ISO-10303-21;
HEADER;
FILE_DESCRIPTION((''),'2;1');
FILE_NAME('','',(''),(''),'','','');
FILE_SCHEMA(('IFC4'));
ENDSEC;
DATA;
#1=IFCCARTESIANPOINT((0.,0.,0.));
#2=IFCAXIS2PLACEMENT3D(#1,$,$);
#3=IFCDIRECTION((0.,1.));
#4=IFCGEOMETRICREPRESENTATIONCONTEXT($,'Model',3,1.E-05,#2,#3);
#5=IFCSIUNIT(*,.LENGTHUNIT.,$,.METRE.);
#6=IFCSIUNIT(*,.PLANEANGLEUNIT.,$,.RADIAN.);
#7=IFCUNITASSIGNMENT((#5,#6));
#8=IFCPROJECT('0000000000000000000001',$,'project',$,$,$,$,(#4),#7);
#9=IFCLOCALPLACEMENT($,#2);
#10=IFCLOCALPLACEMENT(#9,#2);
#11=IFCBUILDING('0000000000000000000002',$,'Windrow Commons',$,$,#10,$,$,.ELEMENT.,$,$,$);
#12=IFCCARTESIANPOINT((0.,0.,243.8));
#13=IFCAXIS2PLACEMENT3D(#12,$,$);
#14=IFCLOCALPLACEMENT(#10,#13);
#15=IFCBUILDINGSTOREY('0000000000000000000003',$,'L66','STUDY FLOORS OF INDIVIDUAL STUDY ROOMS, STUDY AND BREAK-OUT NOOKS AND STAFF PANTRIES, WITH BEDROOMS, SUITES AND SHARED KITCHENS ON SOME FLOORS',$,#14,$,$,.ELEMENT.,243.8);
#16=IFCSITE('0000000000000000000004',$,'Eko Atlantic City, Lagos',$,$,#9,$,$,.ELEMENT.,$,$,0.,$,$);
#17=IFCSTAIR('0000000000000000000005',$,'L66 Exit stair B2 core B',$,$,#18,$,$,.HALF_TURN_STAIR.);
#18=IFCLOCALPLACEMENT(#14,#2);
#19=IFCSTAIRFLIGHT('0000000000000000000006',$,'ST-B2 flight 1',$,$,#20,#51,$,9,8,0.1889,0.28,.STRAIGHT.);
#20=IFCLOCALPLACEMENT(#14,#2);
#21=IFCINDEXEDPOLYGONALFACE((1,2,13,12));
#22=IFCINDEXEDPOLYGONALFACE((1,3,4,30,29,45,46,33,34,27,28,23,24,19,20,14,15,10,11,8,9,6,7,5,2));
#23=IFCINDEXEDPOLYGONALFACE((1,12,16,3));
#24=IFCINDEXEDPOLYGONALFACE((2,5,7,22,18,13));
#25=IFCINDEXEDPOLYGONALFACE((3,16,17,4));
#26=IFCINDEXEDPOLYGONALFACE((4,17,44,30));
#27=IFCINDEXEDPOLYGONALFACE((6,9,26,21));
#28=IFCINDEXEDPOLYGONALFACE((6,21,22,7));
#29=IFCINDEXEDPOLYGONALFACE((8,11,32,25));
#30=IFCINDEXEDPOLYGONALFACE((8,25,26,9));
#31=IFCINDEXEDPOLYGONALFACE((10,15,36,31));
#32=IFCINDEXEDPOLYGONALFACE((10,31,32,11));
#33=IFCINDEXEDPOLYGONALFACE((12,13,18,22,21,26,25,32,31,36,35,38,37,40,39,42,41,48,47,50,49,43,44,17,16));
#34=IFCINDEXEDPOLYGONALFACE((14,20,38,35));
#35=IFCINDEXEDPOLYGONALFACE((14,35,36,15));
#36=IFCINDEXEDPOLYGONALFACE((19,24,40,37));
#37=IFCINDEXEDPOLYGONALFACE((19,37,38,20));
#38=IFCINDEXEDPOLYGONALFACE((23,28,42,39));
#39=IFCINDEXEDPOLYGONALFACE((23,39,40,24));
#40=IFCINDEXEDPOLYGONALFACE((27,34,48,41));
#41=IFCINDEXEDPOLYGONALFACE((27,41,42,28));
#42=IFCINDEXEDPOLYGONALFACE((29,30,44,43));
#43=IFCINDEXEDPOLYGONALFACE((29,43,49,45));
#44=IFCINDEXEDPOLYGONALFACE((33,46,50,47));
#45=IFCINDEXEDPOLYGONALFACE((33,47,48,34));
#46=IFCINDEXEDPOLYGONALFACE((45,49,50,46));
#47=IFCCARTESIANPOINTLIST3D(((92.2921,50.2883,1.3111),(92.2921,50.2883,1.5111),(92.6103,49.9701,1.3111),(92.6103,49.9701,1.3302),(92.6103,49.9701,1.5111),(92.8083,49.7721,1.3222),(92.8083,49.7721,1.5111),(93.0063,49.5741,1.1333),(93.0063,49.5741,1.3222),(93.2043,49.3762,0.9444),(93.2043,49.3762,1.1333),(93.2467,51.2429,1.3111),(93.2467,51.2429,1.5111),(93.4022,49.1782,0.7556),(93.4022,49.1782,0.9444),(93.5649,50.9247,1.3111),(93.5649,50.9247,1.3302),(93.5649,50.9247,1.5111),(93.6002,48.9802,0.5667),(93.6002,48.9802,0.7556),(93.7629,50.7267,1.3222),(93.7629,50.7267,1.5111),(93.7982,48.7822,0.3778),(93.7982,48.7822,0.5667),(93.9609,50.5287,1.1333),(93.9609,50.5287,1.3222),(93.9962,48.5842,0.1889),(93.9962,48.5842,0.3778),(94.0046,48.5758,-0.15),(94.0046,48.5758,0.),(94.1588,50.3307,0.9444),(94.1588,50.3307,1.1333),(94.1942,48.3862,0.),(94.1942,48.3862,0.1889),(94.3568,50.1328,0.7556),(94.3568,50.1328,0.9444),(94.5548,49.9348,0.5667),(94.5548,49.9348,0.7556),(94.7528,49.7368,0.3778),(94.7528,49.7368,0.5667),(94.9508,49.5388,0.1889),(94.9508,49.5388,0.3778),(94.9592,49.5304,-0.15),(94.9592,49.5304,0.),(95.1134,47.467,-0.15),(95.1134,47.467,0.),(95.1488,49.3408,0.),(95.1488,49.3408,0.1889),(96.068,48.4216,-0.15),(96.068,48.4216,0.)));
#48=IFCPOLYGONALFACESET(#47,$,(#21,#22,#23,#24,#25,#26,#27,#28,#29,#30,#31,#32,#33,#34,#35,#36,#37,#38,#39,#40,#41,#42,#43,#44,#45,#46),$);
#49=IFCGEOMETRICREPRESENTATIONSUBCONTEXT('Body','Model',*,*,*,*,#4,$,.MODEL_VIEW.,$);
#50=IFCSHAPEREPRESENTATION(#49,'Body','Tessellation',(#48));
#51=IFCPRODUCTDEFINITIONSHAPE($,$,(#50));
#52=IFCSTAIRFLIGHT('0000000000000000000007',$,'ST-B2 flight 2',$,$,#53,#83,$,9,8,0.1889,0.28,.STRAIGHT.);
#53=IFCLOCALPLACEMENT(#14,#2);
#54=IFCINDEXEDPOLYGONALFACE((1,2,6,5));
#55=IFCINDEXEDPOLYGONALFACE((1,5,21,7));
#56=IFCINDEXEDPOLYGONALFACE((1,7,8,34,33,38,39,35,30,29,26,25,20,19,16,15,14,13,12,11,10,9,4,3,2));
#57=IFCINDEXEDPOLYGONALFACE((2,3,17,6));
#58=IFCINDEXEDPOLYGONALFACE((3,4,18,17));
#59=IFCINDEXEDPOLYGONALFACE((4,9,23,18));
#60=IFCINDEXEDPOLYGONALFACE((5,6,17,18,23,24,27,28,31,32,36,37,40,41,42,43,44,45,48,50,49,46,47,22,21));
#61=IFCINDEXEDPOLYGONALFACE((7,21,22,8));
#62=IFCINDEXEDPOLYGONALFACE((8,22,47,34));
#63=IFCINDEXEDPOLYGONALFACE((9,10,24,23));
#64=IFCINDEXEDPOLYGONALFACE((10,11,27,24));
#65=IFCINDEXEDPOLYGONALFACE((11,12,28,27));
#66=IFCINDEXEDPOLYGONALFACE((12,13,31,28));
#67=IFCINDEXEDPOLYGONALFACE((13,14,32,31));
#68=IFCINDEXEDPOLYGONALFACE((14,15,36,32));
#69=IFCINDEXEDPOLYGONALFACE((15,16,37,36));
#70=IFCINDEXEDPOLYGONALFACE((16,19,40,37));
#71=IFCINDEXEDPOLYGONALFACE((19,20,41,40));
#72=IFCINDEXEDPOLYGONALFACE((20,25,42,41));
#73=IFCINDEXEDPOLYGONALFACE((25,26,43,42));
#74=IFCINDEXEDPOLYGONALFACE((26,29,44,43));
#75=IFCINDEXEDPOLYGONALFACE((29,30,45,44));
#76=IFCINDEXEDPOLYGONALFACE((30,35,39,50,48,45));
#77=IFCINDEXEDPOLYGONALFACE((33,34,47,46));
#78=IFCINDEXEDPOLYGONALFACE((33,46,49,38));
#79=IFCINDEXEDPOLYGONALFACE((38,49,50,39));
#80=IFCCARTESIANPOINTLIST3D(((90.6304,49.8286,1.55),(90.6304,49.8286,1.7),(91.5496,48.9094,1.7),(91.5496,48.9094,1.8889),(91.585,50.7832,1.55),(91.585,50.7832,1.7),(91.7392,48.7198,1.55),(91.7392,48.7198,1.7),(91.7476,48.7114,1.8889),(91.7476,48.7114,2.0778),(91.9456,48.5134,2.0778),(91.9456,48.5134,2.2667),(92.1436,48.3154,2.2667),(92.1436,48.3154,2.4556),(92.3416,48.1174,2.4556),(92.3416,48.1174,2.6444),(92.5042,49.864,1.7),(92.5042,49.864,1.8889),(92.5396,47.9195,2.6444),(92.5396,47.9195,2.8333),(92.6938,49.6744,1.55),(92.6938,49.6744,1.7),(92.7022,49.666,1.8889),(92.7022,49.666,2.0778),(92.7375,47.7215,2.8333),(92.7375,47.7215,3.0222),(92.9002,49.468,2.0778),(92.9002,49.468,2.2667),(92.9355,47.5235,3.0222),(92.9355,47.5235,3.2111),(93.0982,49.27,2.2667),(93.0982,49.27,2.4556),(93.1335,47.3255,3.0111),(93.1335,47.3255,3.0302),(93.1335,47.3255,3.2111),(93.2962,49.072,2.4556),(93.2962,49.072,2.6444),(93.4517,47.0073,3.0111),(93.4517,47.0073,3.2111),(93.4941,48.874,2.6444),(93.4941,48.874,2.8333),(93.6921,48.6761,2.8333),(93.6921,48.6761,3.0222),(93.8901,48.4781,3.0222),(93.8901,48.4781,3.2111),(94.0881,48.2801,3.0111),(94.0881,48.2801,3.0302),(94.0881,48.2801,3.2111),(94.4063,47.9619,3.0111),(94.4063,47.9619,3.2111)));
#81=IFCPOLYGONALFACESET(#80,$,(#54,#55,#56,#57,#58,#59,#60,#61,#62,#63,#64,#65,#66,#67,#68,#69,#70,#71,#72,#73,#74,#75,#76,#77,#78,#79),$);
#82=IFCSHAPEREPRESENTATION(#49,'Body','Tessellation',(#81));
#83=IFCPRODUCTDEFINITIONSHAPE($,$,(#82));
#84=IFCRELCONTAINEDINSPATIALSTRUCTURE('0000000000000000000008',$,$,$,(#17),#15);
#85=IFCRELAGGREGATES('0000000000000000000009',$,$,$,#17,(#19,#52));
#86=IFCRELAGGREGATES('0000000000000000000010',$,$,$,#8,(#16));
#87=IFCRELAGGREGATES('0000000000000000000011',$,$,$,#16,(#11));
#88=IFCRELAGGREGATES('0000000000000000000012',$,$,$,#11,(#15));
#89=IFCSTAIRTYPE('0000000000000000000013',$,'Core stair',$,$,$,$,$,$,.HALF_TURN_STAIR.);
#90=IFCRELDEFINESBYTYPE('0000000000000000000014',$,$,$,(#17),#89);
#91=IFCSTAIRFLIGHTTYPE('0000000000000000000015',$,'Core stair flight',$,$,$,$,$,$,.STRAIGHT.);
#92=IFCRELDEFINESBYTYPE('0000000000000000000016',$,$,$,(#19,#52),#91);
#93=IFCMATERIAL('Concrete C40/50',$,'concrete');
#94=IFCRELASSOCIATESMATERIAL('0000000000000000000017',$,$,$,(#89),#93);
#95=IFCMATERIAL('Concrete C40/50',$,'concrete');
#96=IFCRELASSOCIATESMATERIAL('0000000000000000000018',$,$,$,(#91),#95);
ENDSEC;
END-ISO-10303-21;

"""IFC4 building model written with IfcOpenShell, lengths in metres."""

from ifc_helpers import new_model, si_unit, direction, frame, origin, place, context, subcontext, project, spatial, polyline, outline, extrude, material, type_object, element, aggregate, save


model = new_model("IFC4")

# Units and contexts
model_context = context("Model", 3, precision=1e-05, world=origin(), true_north=direction((0.0, 1.0)))
body_context = subcontext(model_context, "Body", "Model", "MODEL_VIEW")
ifc_project = project(units=[si_unit("LENGTHUNIT", "METRE"), si_unit("PLANEANGLEUNIT", "RADIAN")], contexts=[model_context])

# Site, building, storey
site_placement = place(None, origin())
site = spatial("IfcSite", under=ifc_project, at=site_placement, Name="Eko Atlantic City, Lagos", CompositionType="ELEMENT", RefElevation=0.0)
building_placement = place(site_placement, origin())
building = spatial("IfcBuilding", under=site, at=building_placement, Name="Windrow Commons", CompositionType="ELEMENT")
storey_placement = place(building_placement, frame((0.0, 0.0, 243.8)))
storey = spatial("IfcBuildingStorey", under=building, at=storey_placement, Name="L66", Description="STUDY FLOORS OF INDIVIDUAL STUDY ROOMS, STUDY AND BREAK-OUT NOOKS AND STAFF PANTRIES, WITH BEDROOMS, SUITES AND SHARED KITCHENS ON SOME FLOORS", CompositionType="ELEMENT", Elevation=243.8)

# Stair, stair flights
ifc_material_1 = material(Name="Concrete C40/50", Category="concrete")
stair_type = type_object("IfcStairType", Name="Core stair", PredefinedType="HALF_TURN_STAIR", material=ifc_material_1)
stair_placement = place(storey_placement, origin())
stair = element("IfcStair", 1, at=stair_placement, inside=storey, type_object=stair_type, Name="L66 Exit stair B2 core B", PredefinedType="HALF_TURN_STAIR")
ifc_material_2 = material(Name="Concrete C40/50", Category="concrete")
stair_flight_type = type_object("IfcStairFlightType", Name="Core stair flight", PredefinedType="STRAIGHT", material=ifc_material_2)
stair_flight_1_placement = place(storey_placement, frame((94.6715, 48.8635, 0.0), z_axis=(0.0, 0.0, 1.0), x_axis=(-0.707107, 0.707107, 0.0)))
stair_flight_1 = element("IfcStairFlight", 2, at=stair_flight_1_placement, type_object=stair_flight_type, Name="ST-B2 flight 1", NumberOfRisers=9, NumberOfTreads=8, PredefinedType="STRAIGHT", RiserHeight=0.1889, TreadLength=0.28, context=body_context, shape_type="SweptSolid", body=[
    extrude(outline(polyline([(-1.3, -0.15), (-1.3, 0.0), (0.0, 0.0), (0.0, 0.1889), (0.28, 0.1889), (0.28, 0.3778), (0.56, 0.3778), (0.56, 0.5667), (0.84, 0.5667), (0.84, 0.7556), (1.12, 0.7556), (1.12, 0.9444), (1.4, 0.9444), (1.4, 1.1333), (1.68, 1.1333), (1.68, 1.3222), (1.96, 1.3222), (1.96, 1.5111), (2.24, 1.5111), (2.69, 1.5111), (2.69, 1.3111), (2.24, 1.3111), (2.24, 1.3302), (0.2682, 0.0), (0.2682, -0.15), (-1.3, -0.15)])), frame((0.0, 0.675, 0.0), z_axis=(0.0, -1.0, 0.0), x_axis=(1.0, 0.0, 0.0)), (0.0, 0.0, 1.0), 1.35),
])
stair_flight_2_placement = place(storey_placement, frame((92.0269, 49.3867, 1.7), z_axis=(0.0, 0.0, 1.0), x_axis=(0.707107, -0.707107, 0.0)))
stair_flight_2 = element("IfcStairFlight", 3, at=stair_flight_2_placement, type_object=stair_flight_type, Name="ST-B2 flight 2", NumberOfRisers=9, NumberOfTreads=8, PredefinedType="STRAIGHT", RiserHeight=0.1889, TreadLength=0.28, context=body_context, shape_type="SweptSolid", body=[
    extrude(outline(polyline([(-1.3, -0.15), (-1.3, 0.0), (0.0, 0.0), (0.0, 0.1889), (0.28, 0.1889), (0.28, 0.3778), (0.56, 0.3778), (0.56, 0.5667), (0.84, 0.5667), (0.84, 0.7556), (1.12, 0.7556), (1.12, 0.9444), (1.4, 0.9444), (1.4, 1.1333), (1.68, 1.1333), (1.68, 1.3222), (1.96, 1.3222), (1.96, 1.5111), (2.24, 1.5111), (2.69, 1.5111), (2.69, 1.3111), (2.24, 1.3111), (2.24, 1.3302), (0.2682, 0.0), (0.2682, -0.15), (-1.3, -0.15)])), frame((0.0, 0.675, 0.0), z_axis=(0.0, -1.0, 0.0), x_axis=(1.0, 0.0, 0.0)), (0.0, 0.0, 1.0), 1.35),
])
aggregate(stair, [stair_flight_1, stair_flight_2])

save(model, "model.ifc")
